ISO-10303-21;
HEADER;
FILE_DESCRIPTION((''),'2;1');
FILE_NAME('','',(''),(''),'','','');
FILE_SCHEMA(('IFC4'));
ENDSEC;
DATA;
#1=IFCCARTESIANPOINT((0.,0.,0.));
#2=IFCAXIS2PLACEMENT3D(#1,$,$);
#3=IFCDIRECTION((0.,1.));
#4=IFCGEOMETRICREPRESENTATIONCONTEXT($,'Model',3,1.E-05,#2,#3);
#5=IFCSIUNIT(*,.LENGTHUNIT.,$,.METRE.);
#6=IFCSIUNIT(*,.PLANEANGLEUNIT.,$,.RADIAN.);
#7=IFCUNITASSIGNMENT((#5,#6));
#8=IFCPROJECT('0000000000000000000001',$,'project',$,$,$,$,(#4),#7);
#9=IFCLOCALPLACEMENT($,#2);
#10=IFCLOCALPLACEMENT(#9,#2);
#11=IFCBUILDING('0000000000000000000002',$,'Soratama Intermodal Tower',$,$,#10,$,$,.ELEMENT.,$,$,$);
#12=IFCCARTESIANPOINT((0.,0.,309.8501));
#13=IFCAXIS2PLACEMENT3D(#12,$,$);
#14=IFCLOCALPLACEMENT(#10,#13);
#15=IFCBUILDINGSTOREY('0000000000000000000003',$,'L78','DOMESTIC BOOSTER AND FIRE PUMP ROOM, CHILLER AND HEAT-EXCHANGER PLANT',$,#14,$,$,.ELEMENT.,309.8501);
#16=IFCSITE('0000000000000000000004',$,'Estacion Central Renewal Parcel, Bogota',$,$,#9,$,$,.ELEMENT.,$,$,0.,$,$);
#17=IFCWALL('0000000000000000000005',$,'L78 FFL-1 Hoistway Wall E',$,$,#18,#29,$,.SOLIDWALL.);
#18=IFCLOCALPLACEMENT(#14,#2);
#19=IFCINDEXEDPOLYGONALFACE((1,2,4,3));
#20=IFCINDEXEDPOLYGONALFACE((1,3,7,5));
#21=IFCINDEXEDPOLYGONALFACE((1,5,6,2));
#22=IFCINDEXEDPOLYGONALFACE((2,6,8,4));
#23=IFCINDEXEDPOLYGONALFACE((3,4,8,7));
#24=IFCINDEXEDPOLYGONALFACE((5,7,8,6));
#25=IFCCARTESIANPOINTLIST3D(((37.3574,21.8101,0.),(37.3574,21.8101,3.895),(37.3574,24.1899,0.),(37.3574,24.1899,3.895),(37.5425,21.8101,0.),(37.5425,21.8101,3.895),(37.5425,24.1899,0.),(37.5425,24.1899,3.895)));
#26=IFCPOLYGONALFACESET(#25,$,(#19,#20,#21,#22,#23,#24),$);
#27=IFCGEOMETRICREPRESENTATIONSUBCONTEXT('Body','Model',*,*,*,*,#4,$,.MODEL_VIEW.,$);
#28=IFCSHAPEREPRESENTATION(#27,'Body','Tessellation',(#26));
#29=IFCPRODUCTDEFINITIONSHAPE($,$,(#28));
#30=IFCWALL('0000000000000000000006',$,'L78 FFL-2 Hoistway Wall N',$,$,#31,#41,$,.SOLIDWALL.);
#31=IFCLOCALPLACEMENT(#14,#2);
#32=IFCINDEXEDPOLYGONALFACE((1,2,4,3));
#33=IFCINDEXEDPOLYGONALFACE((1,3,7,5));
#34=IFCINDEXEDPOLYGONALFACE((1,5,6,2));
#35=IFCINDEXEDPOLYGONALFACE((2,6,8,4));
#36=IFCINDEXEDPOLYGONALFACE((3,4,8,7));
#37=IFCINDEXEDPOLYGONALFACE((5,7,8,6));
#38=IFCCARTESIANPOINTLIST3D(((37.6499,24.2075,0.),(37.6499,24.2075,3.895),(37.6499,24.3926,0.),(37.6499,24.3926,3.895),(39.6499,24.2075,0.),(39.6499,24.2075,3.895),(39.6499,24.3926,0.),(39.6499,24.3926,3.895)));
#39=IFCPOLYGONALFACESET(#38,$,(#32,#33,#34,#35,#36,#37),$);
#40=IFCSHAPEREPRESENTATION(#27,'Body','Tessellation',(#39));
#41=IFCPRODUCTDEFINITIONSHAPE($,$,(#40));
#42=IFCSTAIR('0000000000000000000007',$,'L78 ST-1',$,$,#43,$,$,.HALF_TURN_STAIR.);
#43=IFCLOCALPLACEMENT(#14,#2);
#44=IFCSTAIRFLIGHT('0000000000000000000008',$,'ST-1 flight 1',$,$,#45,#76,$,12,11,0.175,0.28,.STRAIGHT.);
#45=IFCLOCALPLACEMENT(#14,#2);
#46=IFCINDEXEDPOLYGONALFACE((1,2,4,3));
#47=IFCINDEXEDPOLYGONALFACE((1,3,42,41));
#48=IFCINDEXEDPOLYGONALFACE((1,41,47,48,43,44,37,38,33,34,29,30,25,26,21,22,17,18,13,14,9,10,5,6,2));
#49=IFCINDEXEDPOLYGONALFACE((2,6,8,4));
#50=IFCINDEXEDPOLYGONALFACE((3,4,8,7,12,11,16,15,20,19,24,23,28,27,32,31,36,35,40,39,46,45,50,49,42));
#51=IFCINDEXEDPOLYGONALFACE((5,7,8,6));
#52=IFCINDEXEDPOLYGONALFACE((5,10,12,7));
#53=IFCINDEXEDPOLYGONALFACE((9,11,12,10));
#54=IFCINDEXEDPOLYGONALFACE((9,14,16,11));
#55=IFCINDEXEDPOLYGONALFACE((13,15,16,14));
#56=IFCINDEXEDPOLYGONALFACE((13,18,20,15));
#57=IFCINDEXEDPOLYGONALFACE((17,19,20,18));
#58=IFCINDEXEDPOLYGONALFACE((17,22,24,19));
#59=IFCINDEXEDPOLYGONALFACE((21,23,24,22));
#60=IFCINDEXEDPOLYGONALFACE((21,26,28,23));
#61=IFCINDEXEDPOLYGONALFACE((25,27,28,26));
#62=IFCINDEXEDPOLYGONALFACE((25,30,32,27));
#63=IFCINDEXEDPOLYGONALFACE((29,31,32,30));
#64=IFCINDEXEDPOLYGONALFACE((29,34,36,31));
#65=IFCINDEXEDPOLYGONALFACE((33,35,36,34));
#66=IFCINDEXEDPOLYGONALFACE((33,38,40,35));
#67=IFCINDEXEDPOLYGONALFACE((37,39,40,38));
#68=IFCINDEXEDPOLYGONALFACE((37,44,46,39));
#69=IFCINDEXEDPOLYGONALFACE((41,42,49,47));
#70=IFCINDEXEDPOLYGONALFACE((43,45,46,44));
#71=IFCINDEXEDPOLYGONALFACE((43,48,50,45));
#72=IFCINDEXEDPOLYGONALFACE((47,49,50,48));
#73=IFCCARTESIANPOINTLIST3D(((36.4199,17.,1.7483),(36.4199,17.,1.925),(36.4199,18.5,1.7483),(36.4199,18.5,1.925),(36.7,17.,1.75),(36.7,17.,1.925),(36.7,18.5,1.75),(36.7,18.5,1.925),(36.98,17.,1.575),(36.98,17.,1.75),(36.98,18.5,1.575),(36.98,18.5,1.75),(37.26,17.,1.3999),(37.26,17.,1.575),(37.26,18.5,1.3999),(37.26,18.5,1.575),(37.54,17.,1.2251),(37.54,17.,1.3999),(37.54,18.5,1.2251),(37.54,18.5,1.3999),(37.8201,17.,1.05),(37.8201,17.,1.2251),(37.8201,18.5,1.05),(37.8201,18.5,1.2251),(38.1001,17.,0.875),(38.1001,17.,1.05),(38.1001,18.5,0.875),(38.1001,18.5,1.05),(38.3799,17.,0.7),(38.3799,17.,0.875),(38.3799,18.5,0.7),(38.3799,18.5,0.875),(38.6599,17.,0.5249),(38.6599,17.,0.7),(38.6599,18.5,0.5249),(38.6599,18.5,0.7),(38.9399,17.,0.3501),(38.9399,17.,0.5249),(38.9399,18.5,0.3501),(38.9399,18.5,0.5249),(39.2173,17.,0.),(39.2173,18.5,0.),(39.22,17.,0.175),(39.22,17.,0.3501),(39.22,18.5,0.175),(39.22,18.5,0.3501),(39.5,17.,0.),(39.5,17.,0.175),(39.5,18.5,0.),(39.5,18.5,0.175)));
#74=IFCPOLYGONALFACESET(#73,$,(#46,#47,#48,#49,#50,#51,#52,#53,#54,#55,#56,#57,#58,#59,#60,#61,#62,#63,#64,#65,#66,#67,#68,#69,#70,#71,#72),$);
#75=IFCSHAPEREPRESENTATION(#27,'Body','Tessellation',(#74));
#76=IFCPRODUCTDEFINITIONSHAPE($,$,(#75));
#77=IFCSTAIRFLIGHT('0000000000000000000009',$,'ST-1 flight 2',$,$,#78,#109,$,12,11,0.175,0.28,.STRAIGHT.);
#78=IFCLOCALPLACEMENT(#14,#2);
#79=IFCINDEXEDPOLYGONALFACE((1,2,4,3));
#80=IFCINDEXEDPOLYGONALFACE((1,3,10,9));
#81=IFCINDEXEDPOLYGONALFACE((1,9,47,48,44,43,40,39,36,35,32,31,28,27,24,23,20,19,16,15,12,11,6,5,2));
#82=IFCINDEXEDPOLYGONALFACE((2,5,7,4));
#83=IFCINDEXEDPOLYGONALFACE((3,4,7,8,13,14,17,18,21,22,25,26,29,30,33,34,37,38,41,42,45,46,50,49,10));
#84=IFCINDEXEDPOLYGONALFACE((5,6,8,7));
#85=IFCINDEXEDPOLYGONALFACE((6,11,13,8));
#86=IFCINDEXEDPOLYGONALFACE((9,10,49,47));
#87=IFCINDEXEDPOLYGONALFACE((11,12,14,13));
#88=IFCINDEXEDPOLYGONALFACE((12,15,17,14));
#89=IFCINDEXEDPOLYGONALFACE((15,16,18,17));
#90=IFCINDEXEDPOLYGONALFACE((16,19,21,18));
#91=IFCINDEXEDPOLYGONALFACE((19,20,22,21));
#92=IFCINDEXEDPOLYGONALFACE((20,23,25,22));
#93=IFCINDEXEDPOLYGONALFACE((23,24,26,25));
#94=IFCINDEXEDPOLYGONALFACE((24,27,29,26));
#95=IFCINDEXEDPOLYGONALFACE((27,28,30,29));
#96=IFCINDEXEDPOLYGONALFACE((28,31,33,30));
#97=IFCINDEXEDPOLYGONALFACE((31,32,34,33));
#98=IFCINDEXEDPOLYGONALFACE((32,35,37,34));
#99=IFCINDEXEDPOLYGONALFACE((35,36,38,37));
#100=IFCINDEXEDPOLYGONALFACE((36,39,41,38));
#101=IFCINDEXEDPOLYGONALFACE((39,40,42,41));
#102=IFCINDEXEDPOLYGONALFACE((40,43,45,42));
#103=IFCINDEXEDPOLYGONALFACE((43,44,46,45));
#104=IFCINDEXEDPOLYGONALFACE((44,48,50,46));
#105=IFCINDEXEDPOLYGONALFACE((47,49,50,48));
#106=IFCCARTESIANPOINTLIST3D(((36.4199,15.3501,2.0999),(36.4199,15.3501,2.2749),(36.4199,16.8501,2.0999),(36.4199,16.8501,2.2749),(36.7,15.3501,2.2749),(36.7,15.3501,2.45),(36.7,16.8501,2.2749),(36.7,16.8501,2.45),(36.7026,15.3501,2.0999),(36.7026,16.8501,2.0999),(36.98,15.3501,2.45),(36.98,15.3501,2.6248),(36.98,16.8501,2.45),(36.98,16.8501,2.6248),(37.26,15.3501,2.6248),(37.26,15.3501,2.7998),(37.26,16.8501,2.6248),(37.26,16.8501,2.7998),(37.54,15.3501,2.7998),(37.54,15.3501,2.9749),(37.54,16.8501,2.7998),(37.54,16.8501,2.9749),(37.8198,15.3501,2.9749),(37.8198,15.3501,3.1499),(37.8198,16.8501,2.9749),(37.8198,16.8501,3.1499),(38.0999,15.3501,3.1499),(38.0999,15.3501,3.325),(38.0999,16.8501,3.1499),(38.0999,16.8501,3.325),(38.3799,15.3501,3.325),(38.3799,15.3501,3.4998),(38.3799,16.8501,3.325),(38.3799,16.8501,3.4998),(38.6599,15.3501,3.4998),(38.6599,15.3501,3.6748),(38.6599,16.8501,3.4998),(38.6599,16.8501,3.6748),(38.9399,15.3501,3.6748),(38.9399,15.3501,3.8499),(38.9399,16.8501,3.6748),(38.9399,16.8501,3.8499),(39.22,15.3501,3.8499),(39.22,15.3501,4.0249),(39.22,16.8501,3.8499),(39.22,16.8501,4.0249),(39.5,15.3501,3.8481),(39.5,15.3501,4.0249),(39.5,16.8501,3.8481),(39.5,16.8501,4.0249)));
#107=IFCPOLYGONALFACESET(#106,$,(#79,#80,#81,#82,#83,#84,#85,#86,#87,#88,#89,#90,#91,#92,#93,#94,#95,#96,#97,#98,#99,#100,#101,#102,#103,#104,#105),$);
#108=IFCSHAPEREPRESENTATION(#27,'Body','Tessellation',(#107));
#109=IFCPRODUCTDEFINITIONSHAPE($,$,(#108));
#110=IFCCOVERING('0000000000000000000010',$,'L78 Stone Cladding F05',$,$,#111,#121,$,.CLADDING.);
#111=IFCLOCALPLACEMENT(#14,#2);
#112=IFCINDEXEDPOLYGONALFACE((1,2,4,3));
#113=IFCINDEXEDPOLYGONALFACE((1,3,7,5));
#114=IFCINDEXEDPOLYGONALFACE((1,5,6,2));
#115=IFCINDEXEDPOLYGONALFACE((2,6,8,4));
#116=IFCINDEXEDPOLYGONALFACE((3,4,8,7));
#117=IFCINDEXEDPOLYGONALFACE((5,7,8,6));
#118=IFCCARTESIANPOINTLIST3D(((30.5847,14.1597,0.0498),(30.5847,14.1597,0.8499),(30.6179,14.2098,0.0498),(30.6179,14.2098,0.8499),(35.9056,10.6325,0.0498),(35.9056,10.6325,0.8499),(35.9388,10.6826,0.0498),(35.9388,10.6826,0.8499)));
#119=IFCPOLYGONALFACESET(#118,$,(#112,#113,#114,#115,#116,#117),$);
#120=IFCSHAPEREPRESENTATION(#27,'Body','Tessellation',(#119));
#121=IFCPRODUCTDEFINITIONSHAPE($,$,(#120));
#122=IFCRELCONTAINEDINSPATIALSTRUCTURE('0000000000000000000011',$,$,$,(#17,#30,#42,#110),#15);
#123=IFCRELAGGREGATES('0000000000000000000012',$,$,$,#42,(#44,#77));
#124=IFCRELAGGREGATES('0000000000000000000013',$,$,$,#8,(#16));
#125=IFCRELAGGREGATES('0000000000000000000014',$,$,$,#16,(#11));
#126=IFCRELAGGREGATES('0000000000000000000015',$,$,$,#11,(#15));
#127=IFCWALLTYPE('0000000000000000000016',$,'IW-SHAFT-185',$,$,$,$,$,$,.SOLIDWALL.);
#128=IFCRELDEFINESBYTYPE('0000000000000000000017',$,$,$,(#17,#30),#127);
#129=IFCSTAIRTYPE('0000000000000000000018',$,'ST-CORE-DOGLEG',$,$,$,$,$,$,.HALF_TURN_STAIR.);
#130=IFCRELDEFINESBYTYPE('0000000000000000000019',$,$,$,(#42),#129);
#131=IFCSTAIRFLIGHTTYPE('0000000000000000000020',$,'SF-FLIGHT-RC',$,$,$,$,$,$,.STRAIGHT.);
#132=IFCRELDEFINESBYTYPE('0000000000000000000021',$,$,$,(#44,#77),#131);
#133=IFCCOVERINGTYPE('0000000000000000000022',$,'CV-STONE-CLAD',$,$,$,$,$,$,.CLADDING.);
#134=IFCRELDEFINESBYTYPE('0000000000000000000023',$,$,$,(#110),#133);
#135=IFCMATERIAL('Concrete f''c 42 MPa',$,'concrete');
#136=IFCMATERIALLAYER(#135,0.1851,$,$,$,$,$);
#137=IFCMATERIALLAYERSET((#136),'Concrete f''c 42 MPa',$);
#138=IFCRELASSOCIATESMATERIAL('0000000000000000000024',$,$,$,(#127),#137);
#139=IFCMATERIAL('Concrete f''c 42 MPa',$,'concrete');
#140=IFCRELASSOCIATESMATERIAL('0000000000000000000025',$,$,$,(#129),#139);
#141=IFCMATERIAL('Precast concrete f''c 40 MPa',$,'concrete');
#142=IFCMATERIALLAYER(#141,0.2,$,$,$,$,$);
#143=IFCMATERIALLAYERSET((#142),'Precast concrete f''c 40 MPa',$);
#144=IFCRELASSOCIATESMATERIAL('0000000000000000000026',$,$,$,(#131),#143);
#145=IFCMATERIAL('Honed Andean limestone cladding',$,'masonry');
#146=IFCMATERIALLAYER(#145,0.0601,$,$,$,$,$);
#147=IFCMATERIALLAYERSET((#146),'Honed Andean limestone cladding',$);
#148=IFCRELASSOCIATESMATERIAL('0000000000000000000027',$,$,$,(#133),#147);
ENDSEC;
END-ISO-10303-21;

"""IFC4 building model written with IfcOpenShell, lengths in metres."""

from ifc_helpers import new_model, si_unit, direction, frame, frame_2d, origin, origin_2d, place, context, subcontext, project, spatial, polyline, rectangle, outline, extrude, material, layer, layer_set, type_object, element, aggregate, save


model = new_model("IFC4")

# Units and contexts
model_context = context("Model", 3, precision=1e-05, world=origin(), true_north=direction((0.0, 1.0)))
body_context = subcontext(model_context, "Body", "Model", "MODEL_VIEW")
ifc_project = project(units=[si_unit("LENGTHUNIT", "METRE"), si_unit("PLANEANGLEUNIT", "RADIAN")], contexts=[model_context])

# Site, building, storey
site_placement = place(None, origin())
site = spatial("IfcSite", under=ifc_project, at=site_placement, Name="Estacion Central Renewal Parcel, Bogota", CompositionType="ELEMENT", RefElevation=0.0)
building_placement = place(site_placement, origin())
building = spatial("IfcBuilding", under=site, at=building_placement, Name="Soratama Intermodal Tower", CompositionType="ELEMENT")
storey_placement = place(building_placement, frame((0.0, 0.0, 309.8501)))
storey = spatial("IfcBuildingStorey", under=building, at=storey_placement, Name="L78", Description="DOMESTIC BOOSTER AND FIRE PUMP ROOM, CHILLER AND HEAT-EXCHANGER PLANT", CompositionType="ELEMENT", Elevation=309.8501)

# Shared definitions
ifc_material_1 = material(Name="Concrete f'c 42 MPa", Category="concrete")
ifc_layer_1 = layer(ifc_material_1, 0.1851)
ifc_layer_set_1 = layer_set([ifc_layer_1], Name="Concrete f'c 42 MPa")
wall_type_1 = type_object("IfcWallType", Name="IW-SHAFT-185", PredefinedType="SOLIDWALL", material=ifc_layer_set_1)

# Wall
for number, where, z_axis, x_axis, name in (
    (1, (37.45, 21.8101, 0.0), (0.0, 0.0, 1.0), (0.0, 1.0, 0.0), "L78 FFL-1 Hoistway Wall E"),
):
    element("IfcWall", number, at=place(storey_placement, frame(where, z_axis=z_axis, x_axis=x_axis)), inside=storey, type_object=wall_type_1, Name=name, PredefinedType="SOLIDWALL", context=body_context, shape_type="SweptSolid", body=[
        extrude(rectangle(XDim=2.3799, YDim=0.1851, at=frame_2d((1.1899, 0.0))), origin(), (0.0, 0.0, 1.0), 3.895),
    ])

# Wall
wall_1_placement = place(storey_placement, frame((37.6499, 24.3, 0.0), z_axis=(0.0, 0.0, 1.0), x_axis=(1.0, 0.0, 0.0)))
element("IfcWall", 2, at=wall_1_placement, inside=storey, type_object=wall_type_1, Name="L78 FFL-2 Hoistway Wall N", PredefinedType="SOLIDWALL", context=body_context, shape_type="SweptSolid", body=[
    extrude(rectangle(XDim=2.0, YDim=0.1851, at=frame_2d((1.0, 0.0))), origin(), (0.0, 0.0, 1.0), 3.895),
])

# Stair, stair flights
ifc_material_2 = material(Name="Concrete f'c 42 MPa", Category="concrete")
stair_type = type_object("IfcStairType", Name="ST-CORE-DOGLEG", PredefinedType="HALF_TURN_STAIR", material=ifc_material_2)
stair_placement = place(storey_placement, origin())
stair = element("IfcStair", 3, at=stair_placement, inside=storey, type_object=stair_type, Name="L78 ST-1", PredefinedType="HALF_TURN_STAIR")
ifc_material_3 = material(Name="Precast concrete f'c 40 MPa", Category="concrete")
ifc_layer_2 = layer(ifc_material_3, 0.2)
ifc_layer_set_2 = layer_set([ifc_layer_2], Name="Precast concrete f'c 40 MPa")
stair_flight_type = type_object("IfcStairFlightType", Name="SF-FLIGHT-RC", PredefinedType="STRAIGHT", material=ifc_layer_set_2)
stair_flight_1_placement = place(storey_placement, frame((39.5, 17.75, 0.0), z_axis=(0.0, 0.0, 1.0), x_axis=(-1.0, 0.0, 0.0)))
stair_flight_1 = element("IfcStairFlight", 4, at=stair_flight_1_placement, type_object=stair_flight_type, Name="ST-1 flight 1", NumberOfRisers=12, NumberOfTreads=11, PredefinedType="STRAIGHT", RiserHeight=0.175, TreadLength=0.28, context=body_context, shape_type="SweptSolid", body=[
    extrude(outline(polyline([(0.0, 0.0), (0.0, 0.175), (0.28, 0.175), (0.28, 0.3501), (0.5601, 0.3501), (0.5601, 0.5249), (0.8401, 0.5249), (0.8401, 0.7), (1.1201, 0.7), (1.1201, 0.875), (1.3999, 0.875), (1.3999, 1.05), (1.6799, 1.05), (1.6799, 1.2251), (1.96, 1.2251), (1.96, 1.3999), (2.24, 1.3999), (2.24, 1.575), (2.52, 1.575), (2.52, 1.75), (2.8, 1.75), (2.8, 1.925), (3.0801, 1.925), (3.0801, 2.1001), (3.0801, 1.7483), (0.2827, 0.0), (0.0, 0.0)])), frame((0.0, 0.75, 0.0), z_axis=(0.0, -1.0, 0.0), x_axis=(1.0, 0.0, 0.0)), (0.0, 0.0, 1.0), 1.5),
])
stair_flight_2_placement = place(storey_placement, frame((36.4199, 16.1001, 2.0999), z_axis=(0.0, 0.0, 1.0), x_axis=(1.0, 0.0, 0.0)))
stair_flight_2 = element("IfcStairFlight", 5, at=stair_flight_2_placement, type_object=stair_flight_type, Name="ST-1 flight 2", NumberOfRisers=12, NumberOfTreads=11, PredefinedType="STRAIGHT", RiserHeight=0.175, TreadLength=0.28, context=body_context, shape_type="SweptSolid", body=[
    extrude(outline(polyline([(0.0, 0.0), (0.0, 0.175), (0.28, 0.175), (0.28, 0.3501), (0.5601, 0.3501), (0.5601, 0.5249), (0.8401, 0.5249), (0.8401, 0.7), (1.1201, 0.7), (1.1201, 0.875), (1.3999, 0.875), (1.3999, 1.05), (1.6799, 1.05), (1.6799, 1.2251), (1.96, 1.2251), (1.96, 1.3999), (2.24, 1.3999), (2.24, 1.575), (2.52, 1.575), (2.52, 1.75), (2.8, 1.75), (2.8, 1.925), (3.0801, 1.925), (3.0801, 2.1001), (3.0801, 1.7483), (0.2827, 0.0), (0.0, 0.0)])), frame((0.0, 0.75, 0.0), z_axis=(0.0, -1.0, 0.0), x_axis=(1.0, 0.0, 0.0)), (0.0, 0.0, 1.0), 1.5),
])
aggregate(stair, [stair_flight_1, stair_flight_2])

# Covering
ifc_material_4 = material(Name="Honed Andean limestone cladding", Category="masonry")
ifc_layer_3 = layer(ifc_material_4, 0.0601)
ifc_layer_set_3 = layer_set([ifc_layer_3], Name="Honed Andean limestone cladding")
covering_type = type_object("IfcCoveringType", Name="CV-STONE-CLAD", PredefinedType="CLADDING", material=ifc_layer_set_3)
covering_placement = place(storey_placement, frame((33.2617, 12.4211, 0.0498), z_axis=(0.0, 0.0, 1.0), x_axis=(0.8335, -0.552519, 0.0)))
element("IfcCovering", 6, at=covering_placement, inside=storey, type_object=covering_type, Name="L78 Stone Cladding F05", PredefinedType="CLADDING", context=body_context, shape_type="SweptSolid", body=[
    extrude(rectangle(XDim=6.3838, YDim=0.0601, at=origin_2d()), origin(), (0.0, 0.0, 1.0), 0.8),
])

save(model, "model.ifc")
